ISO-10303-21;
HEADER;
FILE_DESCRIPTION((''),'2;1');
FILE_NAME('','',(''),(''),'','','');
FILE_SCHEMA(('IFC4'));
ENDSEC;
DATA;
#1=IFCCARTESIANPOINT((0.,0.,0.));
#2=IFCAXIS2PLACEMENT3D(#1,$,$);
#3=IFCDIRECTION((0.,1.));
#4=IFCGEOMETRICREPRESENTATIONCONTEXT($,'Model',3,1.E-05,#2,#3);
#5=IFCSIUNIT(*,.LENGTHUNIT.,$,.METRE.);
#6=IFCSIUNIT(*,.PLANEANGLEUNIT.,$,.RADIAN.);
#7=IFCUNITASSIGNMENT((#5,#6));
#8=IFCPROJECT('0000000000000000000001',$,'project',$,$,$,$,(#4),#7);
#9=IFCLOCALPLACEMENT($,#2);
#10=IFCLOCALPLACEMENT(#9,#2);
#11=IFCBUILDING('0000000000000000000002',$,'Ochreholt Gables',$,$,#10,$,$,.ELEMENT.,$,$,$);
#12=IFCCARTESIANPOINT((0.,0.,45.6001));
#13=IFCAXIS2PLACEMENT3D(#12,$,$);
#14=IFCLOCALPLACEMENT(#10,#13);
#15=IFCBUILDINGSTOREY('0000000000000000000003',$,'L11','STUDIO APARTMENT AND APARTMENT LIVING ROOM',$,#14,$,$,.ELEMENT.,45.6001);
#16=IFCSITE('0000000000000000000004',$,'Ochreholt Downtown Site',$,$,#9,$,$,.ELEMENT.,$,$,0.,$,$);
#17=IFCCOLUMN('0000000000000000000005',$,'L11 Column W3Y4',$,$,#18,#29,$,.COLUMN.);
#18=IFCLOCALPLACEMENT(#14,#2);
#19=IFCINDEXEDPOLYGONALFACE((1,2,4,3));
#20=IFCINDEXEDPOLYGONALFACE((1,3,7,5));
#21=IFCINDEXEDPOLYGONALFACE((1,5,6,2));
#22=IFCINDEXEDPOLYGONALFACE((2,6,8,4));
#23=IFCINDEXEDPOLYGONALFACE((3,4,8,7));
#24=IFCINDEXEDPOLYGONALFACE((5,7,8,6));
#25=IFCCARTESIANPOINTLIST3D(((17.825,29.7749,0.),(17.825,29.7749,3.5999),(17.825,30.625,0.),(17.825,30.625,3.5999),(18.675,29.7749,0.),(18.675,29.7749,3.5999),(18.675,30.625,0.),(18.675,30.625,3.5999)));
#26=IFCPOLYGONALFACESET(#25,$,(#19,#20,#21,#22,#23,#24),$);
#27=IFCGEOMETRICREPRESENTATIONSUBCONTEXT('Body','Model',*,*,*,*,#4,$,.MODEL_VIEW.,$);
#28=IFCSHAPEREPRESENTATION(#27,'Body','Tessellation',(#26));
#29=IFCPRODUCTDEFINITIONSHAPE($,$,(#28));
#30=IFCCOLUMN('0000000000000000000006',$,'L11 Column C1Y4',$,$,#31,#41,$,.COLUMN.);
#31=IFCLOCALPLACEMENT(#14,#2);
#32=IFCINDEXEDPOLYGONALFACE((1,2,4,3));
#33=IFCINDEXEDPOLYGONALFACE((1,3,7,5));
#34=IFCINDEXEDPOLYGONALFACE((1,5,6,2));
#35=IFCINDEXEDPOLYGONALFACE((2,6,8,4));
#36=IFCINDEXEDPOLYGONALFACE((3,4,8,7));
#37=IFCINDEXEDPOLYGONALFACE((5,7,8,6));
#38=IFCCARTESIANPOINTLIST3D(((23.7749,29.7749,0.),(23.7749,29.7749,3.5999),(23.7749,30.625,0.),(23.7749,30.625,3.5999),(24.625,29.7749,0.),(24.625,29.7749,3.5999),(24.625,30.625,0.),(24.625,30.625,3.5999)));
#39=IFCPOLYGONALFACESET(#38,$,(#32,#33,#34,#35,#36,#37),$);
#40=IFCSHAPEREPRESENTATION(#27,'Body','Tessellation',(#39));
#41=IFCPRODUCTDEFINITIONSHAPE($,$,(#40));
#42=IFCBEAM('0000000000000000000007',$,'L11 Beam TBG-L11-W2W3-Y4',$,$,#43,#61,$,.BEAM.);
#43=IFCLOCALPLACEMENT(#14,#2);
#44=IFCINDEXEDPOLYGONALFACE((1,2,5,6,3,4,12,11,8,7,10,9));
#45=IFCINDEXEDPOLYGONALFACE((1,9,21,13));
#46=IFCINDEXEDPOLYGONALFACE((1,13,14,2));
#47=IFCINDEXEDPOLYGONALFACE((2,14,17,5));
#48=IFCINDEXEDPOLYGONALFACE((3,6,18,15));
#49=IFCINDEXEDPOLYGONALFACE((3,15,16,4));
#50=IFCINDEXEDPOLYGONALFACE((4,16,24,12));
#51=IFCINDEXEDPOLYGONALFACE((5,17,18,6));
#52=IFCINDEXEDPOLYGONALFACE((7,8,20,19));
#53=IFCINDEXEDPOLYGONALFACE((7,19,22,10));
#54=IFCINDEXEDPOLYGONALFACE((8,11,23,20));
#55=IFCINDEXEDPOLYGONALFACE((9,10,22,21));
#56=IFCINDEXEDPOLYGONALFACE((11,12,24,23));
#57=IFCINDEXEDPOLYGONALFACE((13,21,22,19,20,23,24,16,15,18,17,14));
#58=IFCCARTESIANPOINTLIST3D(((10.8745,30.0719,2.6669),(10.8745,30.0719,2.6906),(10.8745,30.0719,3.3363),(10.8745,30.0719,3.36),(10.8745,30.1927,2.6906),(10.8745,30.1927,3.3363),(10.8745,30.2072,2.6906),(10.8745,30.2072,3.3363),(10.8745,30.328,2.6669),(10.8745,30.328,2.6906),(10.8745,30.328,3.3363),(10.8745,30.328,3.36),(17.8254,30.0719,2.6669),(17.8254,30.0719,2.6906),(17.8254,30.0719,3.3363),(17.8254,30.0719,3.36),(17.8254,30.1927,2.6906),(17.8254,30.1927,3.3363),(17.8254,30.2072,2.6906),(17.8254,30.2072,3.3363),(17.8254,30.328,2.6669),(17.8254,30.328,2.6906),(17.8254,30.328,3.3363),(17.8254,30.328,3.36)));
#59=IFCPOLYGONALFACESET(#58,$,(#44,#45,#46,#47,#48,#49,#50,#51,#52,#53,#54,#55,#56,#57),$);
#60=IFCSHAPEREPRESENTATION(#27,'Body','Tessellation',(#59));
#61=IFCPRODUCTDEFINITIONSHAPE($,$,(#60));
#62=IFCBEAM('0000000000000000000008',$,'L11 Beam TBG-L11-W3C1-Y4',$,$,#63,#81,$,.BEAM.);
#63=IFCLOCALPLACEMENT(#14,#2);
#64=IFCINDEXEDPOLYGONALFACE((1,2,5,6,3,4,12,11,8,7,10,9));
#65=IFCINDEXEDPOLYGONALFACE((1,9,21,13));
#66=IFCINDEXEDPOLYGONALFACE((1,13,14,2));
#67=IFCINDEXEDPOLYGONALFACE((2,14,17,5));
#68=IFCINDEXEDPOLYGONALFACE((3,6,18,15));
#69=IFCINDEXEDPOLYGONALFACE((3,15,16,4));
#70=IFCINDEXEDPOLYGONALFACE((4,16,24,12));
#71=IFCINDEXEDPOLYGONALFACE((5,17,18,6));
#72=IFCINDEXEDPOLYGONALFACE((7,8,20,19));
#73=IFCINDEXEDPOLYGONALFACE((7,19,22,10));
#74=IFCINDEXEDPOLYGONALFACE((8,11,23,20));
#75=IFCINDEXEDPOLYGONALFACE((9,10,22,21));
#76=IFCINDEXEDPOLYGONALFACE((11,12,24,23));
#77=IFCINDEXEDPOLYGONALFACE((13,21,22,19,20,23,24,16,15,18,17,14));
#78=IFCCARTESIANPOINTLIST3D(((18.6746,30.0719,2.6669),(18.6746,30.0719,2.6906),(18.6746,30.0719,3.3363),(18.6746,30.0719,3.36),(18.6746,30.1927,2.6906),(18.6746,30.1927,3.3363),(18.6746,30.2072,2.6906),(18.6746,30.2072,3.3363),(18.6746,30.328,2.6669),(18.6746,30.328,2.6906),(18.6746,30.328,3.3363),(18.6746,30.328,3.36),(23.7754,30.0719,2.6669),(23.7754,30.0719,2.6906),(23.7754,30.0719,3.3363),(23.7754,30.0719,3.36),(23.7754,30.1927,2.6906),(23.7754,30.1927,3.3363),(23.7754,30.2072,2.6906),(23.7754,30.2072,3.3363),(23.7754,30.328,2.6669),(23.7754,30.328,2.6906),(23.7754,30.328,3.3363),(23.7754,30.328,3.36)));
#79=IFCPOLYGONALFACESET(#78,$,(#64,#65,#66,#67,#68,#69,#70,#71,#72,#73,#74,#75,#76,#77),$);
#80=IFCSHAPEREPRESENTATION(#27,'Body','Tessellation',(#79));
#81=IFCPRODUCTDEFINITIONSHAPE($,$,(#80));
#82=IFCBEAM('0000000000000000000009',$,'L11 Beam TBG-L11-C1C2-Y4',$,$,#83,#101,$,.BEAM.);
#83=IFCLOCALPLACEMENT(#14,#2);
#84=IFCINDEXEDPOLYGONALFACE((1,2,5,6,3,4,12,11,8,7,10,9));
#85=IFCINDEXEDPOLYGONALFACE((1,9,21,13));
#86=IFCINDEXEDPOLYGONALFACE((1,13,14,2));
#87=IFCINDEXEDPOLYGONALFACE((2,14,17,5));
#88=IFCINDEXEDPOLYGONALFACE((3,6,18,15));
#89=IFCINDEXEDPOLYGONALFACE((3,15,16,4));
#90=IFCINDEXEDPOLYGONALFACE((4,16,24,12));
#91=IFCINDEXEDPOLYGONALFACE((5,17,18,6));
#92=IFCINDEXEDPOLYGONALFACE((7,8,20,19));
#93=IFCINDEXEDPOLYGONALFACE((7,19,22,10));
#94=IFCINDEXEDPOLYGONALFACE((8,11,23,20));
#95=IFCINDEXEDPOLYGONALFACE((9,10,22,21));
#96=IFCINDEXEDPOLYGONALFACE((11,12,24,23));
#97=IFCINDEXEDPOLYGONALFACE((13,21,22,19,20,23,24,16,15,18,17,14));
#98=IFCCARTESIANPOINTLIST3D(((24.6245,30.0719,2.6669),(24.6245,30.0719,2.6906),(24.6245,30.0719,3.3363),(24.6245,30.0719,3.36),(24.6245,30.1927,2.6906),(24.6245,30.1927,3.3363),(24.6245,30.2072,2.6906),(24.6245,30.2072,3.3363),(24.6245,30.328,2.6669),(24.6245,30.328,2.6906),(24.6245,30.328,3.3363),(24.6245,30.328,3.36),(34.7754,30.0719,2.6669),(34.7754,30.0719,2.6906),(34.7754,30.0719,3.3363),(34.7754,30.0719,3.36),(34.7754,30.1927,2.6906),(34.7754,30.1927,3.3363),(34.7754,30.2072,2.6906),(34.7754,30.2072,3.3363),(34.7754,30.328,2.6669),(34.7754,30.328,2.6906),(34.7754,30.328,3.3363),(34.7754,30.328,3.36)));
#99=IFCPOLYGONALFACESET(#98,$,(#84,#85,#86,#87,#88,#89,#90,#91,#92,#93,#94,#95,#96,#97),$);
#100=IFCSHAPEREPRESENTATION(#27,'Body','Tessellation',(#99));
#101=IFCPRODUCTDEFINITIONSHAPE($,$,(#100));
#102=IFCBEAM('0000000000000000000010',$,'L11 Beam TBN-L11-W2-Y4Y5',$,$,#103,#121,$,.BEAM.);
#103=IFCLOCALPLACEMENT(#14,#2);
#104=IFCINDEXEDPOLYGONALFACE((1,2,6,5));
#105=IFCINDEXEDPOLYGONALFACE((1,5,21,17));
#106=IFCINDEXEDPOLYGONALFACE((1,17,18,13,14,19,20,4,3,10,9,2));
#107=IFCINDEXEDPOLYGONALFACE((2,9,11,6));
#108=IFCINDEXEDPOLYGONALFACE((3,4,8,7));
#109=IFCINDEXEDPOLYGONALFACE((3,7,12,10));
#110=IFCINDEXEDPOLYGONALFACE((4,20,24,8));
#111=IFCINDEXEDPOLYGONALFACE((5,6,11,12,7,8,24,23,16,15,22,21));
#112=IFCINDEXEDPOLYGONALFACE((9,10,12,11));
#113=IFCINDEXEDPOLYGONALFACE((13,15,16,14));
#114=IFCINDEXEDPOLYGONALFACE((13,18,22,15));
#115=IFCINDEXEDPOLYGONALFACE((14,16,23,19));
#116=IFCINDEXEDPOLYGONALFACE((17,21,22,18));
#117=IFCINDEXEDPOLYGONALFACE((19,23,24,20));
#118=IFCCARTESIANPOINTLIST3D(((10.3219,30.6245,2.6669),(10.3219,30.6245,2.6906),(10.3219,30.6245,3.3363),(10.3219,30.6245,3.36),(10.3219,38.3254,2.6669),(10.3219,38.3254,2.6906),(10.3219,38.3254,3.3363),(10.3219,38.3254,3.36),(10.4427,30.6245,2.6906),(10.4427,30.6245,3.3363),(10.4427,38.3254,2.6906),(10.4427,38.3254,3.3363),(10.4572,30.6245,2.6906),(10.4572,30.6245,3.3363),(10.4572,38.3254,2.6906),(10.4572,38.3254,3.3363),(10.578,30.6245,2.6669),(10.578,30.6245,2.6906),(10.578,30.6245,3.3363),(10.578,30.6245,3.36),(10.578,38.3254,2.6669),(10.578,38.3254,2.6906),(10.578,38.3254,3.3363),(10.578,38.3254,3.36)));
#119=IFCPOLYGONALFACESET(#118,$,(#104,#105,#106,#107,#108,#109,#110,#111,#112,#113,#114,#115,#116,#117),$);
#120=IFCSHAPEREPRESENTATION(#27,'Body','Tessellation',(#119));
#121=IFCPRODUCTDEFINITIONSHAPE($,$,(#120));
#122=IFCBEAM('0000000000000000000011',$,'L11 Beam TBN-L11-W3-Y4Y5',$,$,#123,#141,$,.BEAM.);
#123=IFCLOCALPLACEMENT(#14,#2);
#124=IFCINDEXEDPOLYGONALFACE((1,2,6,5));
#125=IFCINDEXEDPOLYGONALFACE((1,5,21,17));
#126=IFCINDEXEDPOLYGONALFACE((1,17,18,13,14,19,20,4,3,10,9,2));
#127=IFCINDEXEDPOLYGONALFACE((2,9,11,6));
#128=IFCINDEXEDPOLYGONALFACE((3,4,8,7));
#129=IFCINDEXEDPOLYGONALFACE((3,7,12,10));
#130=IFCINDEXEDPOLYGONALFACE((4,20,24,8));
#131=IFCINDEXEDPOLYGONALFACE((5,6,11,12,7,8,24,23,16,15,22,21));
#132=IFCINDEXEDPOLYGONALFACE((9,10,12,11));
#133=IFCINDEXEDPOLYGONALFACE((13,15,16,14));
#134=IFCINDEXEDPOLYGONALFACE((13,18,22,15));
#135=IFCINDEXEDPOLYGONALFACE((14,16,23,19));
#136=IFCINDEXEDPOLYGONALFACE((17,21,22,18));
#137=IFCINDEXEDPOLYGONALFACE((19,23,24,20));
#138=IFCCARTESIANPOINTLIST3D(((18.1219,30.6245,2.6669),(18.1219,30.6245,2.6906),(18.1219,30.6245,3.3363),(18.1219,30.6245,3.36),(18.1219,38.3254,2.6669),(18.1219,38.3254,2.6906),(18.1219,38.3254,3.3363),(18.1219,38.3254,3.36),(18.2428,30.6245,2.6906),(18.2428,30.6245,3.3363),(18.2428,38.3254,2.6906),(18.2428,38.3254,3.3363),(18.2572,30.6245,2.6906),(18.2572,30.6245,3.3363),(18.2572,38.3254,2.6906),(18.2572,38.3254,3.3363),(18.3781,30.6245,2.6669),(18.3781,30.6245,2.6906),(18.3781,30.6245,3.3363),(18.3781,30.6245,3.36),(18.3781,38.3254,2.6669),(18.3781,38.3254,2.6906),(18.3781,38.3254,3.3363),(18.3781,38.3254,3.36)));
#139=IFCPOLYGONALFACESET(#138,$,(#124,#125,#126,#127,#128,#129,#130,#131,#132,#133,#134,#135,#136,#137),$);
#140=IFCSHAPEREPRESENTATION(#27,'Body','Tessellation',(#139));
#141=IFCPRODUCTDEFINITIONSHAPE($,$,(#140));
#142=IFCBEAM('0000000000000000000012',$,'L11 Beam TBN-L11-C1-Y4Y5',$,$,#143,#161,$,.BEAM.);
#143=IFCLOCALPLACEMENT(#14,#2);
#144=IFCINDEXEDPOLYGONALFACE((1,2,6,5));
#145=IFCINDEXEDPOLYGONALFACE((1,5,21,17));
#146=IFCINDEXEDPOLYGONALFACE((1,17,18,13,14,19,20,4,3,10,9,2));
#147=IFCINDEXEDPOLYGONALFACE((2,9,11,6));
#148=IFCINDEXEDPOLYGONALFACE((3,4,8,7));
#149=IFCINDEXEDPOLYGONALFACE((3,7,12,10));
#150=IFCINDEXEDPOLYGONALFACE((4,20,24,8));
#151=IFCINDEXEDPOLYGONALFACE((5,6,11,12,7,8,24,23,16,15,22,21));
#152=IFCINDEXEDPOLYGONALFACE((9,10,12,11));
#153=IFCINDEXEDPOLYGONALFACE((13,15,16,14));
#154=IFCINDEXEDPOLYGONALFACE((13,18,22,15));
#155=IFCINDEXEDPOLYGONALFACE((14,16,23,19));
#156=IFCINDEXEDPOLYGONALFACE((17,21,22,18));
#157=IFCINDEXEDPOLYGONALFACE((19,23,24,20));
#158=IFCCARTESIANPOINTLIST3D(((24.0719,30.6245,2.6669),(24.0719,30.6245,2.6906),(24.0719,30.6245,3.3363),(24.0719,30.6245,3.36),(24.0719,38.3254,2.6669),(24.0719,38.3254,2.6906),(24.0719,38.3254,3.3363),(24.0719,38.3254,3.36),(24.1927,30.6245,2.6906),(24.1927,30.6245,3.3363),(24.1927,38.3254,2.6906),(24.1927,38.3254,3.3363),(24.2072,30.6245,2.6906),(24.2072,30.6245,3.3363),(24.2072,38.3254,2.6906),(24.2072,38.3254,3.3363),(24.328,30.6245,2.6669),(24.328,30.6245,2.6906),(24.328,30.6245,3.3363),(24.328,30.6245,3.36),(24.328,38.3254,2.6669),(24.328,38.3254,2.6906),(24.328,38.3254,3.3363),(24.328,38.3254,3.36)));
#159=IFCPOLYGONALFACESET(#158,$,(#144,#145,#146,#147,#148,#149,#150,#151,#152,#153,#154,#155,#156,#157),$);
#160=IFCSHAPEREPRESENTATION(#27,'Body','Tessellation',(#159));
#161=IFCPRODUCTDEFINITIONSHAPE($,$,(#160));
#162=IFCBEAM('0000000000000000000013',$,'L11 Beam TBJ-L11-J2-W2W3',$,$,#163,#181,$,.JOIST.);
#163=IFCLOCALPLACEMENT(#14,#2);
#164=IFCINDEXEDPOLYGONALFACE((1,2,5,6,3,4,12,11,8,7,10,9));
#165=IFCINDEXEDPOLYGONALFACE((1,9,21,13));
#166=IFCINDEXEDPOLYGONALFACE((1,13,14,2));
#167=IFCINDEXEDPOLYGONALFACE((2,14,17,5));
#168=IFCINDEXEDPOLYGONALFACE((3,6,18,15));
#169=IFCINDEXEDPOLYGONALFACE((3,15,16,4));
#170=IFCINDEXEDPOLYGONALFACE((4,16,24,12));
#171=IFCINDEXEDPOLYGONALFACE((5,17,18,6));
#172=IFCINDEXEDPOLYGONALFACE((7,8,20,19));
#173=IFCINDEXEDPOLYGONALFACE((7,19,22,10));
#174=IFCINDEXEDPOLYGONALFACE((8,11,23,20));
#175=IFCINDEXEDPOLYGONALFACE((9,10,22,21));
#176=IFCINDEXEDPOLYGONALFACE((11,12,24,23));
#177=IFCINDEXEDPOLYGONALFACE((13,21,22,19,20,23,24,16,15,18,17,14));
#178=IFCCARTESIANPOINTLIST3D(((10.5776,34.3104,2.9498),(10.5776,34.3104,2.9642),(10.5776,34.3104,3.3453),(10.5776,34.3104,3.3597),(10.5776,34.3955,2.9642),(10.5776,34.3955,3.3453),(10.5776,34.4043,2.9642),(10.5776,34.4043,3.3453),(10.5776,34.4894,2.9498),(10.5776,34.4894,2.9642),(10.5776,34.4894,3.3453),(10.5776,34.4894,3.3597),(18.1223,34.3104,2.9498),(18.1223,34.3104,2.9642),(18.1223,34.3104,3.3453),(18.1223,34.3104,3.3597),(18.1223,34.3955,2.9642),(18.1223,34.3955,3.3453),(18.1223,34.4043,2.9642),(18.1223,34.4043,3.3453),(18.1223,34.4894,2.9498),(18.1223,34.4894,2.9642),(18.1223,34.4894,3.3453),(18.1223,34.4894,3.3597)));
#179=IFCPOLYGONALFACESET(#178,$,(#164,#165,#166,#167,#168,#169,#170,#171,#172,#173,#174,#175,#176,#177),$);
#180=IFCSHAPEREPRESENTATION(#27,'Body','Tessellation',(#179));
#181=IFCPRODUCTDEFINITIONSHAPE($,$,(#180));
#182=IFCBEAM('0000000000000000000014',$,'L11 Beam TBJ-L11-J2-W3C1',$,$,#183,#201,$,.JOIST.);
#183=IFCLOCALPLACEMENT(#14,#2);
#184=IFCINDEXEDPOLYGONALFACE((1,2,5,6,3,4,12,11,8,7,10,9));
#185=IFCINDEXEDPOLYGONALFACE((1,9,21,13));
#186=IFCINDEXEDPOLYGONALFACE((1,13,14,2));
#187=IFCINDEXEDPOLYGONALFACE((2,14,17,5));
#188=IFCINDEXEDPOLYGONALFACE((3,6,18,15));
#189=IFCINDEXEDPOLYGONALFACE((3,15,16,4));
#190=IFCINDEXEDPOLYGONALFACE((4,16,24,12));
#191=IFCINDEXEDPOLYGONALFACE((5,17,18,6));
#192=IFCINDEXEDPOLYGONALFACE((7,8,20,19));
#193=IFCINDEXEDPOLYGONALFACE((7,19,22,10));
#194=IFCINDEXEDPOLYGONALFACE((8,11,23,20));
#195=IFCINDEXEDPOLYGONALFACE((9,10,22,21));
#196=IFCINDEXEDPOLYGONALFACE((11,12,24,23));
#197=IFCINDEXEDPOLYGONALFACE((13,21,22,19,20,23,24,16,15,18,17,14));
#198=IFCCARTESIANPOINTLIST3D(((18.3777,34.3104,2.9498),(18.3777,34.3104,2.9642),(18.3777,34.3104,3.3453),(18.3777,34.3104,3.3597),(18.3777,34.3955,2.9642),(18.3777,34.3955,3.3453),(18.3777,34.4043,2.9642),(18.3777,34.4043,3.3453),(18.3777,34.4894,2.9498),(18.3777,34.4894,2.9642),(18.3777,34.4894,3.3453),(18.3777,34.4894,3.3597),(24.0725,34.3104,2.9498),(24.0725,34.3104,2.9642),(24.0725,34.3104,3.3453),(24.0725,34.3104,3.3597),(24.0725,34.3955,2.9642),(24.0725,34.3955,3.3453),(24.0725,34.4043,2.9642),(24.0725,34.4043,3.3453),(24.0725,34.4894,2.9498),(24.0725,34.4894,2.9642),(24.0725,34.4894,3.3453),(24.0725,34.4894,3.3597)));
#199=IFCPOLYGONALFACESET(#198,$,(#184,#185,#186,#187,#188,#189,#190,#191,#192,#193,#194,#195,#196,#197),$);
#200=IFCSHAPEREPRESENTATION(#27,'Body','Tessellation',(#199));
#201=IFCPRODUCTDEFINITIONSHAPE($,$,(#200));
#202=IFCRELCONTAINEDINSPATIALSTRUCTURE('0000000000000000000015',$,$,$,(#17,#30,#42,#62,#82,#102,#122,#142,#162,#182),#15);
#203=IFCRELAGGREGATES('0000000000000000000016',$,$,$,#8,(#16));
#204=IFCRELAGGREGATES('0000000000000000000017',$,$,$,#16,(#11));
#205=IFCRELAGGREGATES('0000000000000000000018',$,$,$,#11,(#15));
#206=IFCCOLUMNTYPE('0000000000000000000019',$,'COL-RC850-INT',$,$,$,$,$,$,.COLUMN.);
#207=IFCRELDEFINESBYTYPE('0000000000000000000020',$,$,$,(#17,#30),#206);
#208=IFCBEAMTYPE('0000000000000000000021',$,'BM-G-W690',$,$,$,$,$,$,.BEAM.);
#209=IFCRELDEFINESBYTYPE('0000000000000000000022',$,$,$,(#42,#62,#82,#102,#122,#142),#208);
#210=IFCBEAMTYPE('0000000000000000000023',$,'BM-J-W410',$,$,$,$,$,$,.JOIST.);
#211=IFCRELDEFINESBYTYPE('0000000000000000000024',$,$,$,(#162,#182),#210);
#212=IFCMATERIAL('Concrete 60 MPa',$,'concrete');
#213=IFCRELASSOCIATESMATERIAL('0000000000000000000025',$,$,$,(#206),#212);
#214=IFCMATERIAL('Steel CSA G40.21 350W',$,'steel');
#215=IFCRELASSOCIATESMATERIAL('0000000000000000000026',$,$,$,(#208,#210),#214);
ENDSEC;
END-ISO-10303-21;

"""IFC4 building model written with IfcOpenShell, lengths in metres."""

from ifc_helpers import new_model, si_unit, direction, frame, origin, origin_2d, place, context, subcontext, project, spatial, rectangle, i_section, extrude, material, material_profile, profile_set, type_object, element, save


model = new_model("IFC4")

# Units and contexts
model_context = context("Model", 3, precision=1e-05, world=origin(), true_north=direction((0.0, 1.0)))
body_context = subcontext(model_context, "Body", "Model", "MODEL_VIEW")
ifc_project = project(units=[si_unit("LENGTHUNIT", "METRE"), si_unit("PLANEANGLEUNIT", "RADIAN")], contexts=[model_context])

# Site, building, storey
site_placement = place(None, origin())
site = spatial("IfcSite", under=ifc_project, at=site_placement, Name="Ochreholt Downtown Site", CompositionType="ELEMENT", RefElevation=0.0)
building_placement = place(site_placement, origin())
building = spatial("IfcBuilding", under=site, at=building_placement, Name="Ochreholt Gables", CompositionType="ELEMENT")
storey_placement = place(building_placement, frame((0.0, 0.0, 45.6001)))
storey = spatial("IfcBuildingStorey", under=building, at=storey_placement, Name="L11", Description="STUDIO APARTMENT AND APARTMENT LIVING ROOM", CompositionType="ELEMENT", Elevation=45.6001)

# Columns
ifc_material_1 = material(Name="Concrete 60 MPa", Category="concrete")
ifc_material_profile_1 = material_profile(ifc_material_1, rectangle(XDim=0.8501, YDim=0.8501, at=origin_2d()), Name="RC850X850")
ifc_profile_set_1 = profile_set([ifc_material_profile_1], Name="Concrete 60 MPa")
column_type = type_object("IfcColumnType", Name="COL-RC850-INT", PredefinedType="COLUMN", material=ifc_profile_set_1)
for number, where, z_axis, x_axis, name in (
    (1, (18.25, 30.2, 0.0), (0.0, 0.0, 1.0), (1.0, 0.0, 0.0), "L11 Column W3Y4"),
    (2, (24.2, 30.2, 0.0), (0.0, 0.0, 1.0), (1.0, 0.0, 0.0), "L11 Column C1Y4"),
):
    element("IfcColumn", number, at=place(storey_placement, frame(where, z_axis=z_axis, x_axis=x_axis)), inside=storey, type_object=column_type, Name=name, PredefinedType="COLUMN", context=body_context, shape_type="SweptSolid", body=[
        extrude(rectangle(XDim=0.8501, YDim=0.8501, at=origin_2d()), origin(), (0.0, 0.0, 1.0), 3.5999),
    ])

# Beams
ifc_material_2 = material(Name="Steel CSA G40.21 350W", Category="steel")
ifc_material_profile_2 = material_profile(ifc_material_2, i_section(OverallWidth=0.2561, OverallDepth=0.6931, WebThickness=0.0144, FlangeThickness=0.0237, at=origin_2d()), Name="W690X170")
ifc_profile_set_2 = profile_set([ifc_material_profile_2], Name="Steel CSA G40.21 350W")
beam_type_1 = type_object("IfcBeamType", Name="BM-G-W690", PredefinedType="BEAM", material=ifc_profile_set_2)
beam_1_placement = place(storey_placement, frame((10.8745, 30.2, 3.0134), z_axis=(1.0, 0.0, 0.0), x_axis=(0.0, 1.0, 0.0)))
element("IfcBeam", 3, at=beam_1_placement, inside=storey, type_object=beam_type_1, Name="L11 Beam TBG-L11-W2W3-Y4", PredefinedType="BEAM", context=body_context, shape_type="SweptSolid", body=[
    extrude(i_section(OverallWidth=0.2561, OverallDepth=0.6931, WebThickness=0.0144, FlangeThickness=0.0237, at=origin_2d()), origin(), (0.0, 0.0, 1.0), 6.9509),
])
beam_2_placement = place(storey_placement, frame((18.6746, 30.2, 3.0134), z_axis=(1.0, 0.0, 0.0), x_axis=(0.0, 1.0, 0.0)))
element("IfcBeam", 4, at=beam_2_placement, inside=storey, type_object=beam_type_1, Name="L11 Beam TBG-L11-W3C1-Y4", PredefinedType="BEAM", context=body_context, shape_type="SweptSolid", body=[
    extrude(i_section(OverallWidth=0.2561, OverallDepth=0.6931, WebThickness=0.0144, FlangeThickness=0.0237, at=origin_2d()), origin(), (0.0, 0.0, 1.0), 5.1008),
])
beam_3_placement = place(storey_placement, frame((24.6245, 30.2, 3.0134), z_axis=(1.0, 0.0, 0.0), x_axis=(0.0, 1.0, 0.0)))
element("IfcBeam", 5, at=beam_3_placement, inside=storey, type_object=beam_type_1, Name="L11 Beam TBG-L11-C1C2-Y4", PredefinedType="BEAM", context=body_context, shape_type="SweptSolid", body=[
    extrude(i_section(OverallWidth=0.2561, OverallDepth=0.6931, WebThickness=0.0144, FlangeThickness=0.0237, at=origin_2d()), origin(), (0.0, 0.0, 1.0), 10.1509),
])
for number, where, z_axis, x_axis, name in (
    (6, (10.45, 30.6245, 3.0134), (0.0, 1.0, 0.0), (-1.0, 0.0, 0.0), "L11 Beam TBN-L11-W2-Y4Y5"),
    (7, (18.25, 30.6245, 3.0134), (0.0, 1.0, 0.0), (-1.0, 0.0, 0.0), "L11 Beam TBN-L11-W3-Y4Y5"),
    (8, (24.2, 30.6245, 3.0134), (0.0, 1.0, 0.0), (-1.0, 0.0, 0.0), "L11 Beam TBN-L11-C1-Y4Y5"),
):
    element("IfcBeam", number, at=place(storey_placement, frame(where, z_axis=z_axis, x_axis=x_axis)), inside=storey, type_object=beam_type_1, Name=name, PredefinedType="BEAM", context=body_context, shape_type="SweptSolid", body=[
        extrude(i_section(OverallWidth=0.2561, OverallDepth=0.6931, WebThickness=0.0144, FlangeThickness=0.0237, at=origin_2d()), origin(), (0.0, 0.0, 1.0), 7.7009),
    ])
ifc_material_profile_3 = material_profile(ifc_material_2, i_section(OverallWidth=0.179, OverallDepth=0.4099, WebThickness=0.0088, FlangeThickness=0.0144, at=origin_2d()), Name="W410X67")
ifc_profile_set_3 = profile_set([ifc_material_profile_3], Name="Steel CSA G40.21 350W")
beam_type_2 = type_object("IfcBeamType", Name="BM-J-W410", PredefinedType="JOIST", material=ifc_profile_set_3)
beam_4_placement = place(storey_placement, frame((10.5776, 34.3999, 3.1548), z_axis=(1.0, 0.0, 0.0), x_axis=(0.0, 1.0, 0.0)))
element("IfcBeam", 9, at=beam_4_placement, inside=storey, type_object=beam_type_2, Name="L11 Beam TBJ-L11-J2-W2W3", PredefinedType="JOIST", context=body_context, shape_type="SweptSolid", body=[
    extrude(i_section(OverallWidth=0.179, OverallDepth=0.4099, WebThickness=0.0088, FlangeThickness=0.0144, at=origin_2d()), origin(), (0.0, 0.0, 1.0), 7.5447),
])
beam_5_placement = place(storey_placement, frame((18.3777, 34.3999, 3.1548), z_axis=(1.0, 0.0, 0.0), x_axis=(0.0, 1.0, 0.0)))
element("IfcBeam", 10, at=beam_5_placement, inside=storey, type_object=beam_type_2, Name="L11 Beam TBJ-L11-J2-W3C1", PredefinedType="JOIST", context=body_context, shape_type="SweptSolid", body=[
    extrude(i_section(OverallWidth=0.179, OverallDepth=0.4099, WebThickness=0.0088, FlangeThickness=0.0144, at=origin_2d()), origin(), (0.0, 0.0, 1.0), 5.6948),
])

save(model, "model.ifc")
